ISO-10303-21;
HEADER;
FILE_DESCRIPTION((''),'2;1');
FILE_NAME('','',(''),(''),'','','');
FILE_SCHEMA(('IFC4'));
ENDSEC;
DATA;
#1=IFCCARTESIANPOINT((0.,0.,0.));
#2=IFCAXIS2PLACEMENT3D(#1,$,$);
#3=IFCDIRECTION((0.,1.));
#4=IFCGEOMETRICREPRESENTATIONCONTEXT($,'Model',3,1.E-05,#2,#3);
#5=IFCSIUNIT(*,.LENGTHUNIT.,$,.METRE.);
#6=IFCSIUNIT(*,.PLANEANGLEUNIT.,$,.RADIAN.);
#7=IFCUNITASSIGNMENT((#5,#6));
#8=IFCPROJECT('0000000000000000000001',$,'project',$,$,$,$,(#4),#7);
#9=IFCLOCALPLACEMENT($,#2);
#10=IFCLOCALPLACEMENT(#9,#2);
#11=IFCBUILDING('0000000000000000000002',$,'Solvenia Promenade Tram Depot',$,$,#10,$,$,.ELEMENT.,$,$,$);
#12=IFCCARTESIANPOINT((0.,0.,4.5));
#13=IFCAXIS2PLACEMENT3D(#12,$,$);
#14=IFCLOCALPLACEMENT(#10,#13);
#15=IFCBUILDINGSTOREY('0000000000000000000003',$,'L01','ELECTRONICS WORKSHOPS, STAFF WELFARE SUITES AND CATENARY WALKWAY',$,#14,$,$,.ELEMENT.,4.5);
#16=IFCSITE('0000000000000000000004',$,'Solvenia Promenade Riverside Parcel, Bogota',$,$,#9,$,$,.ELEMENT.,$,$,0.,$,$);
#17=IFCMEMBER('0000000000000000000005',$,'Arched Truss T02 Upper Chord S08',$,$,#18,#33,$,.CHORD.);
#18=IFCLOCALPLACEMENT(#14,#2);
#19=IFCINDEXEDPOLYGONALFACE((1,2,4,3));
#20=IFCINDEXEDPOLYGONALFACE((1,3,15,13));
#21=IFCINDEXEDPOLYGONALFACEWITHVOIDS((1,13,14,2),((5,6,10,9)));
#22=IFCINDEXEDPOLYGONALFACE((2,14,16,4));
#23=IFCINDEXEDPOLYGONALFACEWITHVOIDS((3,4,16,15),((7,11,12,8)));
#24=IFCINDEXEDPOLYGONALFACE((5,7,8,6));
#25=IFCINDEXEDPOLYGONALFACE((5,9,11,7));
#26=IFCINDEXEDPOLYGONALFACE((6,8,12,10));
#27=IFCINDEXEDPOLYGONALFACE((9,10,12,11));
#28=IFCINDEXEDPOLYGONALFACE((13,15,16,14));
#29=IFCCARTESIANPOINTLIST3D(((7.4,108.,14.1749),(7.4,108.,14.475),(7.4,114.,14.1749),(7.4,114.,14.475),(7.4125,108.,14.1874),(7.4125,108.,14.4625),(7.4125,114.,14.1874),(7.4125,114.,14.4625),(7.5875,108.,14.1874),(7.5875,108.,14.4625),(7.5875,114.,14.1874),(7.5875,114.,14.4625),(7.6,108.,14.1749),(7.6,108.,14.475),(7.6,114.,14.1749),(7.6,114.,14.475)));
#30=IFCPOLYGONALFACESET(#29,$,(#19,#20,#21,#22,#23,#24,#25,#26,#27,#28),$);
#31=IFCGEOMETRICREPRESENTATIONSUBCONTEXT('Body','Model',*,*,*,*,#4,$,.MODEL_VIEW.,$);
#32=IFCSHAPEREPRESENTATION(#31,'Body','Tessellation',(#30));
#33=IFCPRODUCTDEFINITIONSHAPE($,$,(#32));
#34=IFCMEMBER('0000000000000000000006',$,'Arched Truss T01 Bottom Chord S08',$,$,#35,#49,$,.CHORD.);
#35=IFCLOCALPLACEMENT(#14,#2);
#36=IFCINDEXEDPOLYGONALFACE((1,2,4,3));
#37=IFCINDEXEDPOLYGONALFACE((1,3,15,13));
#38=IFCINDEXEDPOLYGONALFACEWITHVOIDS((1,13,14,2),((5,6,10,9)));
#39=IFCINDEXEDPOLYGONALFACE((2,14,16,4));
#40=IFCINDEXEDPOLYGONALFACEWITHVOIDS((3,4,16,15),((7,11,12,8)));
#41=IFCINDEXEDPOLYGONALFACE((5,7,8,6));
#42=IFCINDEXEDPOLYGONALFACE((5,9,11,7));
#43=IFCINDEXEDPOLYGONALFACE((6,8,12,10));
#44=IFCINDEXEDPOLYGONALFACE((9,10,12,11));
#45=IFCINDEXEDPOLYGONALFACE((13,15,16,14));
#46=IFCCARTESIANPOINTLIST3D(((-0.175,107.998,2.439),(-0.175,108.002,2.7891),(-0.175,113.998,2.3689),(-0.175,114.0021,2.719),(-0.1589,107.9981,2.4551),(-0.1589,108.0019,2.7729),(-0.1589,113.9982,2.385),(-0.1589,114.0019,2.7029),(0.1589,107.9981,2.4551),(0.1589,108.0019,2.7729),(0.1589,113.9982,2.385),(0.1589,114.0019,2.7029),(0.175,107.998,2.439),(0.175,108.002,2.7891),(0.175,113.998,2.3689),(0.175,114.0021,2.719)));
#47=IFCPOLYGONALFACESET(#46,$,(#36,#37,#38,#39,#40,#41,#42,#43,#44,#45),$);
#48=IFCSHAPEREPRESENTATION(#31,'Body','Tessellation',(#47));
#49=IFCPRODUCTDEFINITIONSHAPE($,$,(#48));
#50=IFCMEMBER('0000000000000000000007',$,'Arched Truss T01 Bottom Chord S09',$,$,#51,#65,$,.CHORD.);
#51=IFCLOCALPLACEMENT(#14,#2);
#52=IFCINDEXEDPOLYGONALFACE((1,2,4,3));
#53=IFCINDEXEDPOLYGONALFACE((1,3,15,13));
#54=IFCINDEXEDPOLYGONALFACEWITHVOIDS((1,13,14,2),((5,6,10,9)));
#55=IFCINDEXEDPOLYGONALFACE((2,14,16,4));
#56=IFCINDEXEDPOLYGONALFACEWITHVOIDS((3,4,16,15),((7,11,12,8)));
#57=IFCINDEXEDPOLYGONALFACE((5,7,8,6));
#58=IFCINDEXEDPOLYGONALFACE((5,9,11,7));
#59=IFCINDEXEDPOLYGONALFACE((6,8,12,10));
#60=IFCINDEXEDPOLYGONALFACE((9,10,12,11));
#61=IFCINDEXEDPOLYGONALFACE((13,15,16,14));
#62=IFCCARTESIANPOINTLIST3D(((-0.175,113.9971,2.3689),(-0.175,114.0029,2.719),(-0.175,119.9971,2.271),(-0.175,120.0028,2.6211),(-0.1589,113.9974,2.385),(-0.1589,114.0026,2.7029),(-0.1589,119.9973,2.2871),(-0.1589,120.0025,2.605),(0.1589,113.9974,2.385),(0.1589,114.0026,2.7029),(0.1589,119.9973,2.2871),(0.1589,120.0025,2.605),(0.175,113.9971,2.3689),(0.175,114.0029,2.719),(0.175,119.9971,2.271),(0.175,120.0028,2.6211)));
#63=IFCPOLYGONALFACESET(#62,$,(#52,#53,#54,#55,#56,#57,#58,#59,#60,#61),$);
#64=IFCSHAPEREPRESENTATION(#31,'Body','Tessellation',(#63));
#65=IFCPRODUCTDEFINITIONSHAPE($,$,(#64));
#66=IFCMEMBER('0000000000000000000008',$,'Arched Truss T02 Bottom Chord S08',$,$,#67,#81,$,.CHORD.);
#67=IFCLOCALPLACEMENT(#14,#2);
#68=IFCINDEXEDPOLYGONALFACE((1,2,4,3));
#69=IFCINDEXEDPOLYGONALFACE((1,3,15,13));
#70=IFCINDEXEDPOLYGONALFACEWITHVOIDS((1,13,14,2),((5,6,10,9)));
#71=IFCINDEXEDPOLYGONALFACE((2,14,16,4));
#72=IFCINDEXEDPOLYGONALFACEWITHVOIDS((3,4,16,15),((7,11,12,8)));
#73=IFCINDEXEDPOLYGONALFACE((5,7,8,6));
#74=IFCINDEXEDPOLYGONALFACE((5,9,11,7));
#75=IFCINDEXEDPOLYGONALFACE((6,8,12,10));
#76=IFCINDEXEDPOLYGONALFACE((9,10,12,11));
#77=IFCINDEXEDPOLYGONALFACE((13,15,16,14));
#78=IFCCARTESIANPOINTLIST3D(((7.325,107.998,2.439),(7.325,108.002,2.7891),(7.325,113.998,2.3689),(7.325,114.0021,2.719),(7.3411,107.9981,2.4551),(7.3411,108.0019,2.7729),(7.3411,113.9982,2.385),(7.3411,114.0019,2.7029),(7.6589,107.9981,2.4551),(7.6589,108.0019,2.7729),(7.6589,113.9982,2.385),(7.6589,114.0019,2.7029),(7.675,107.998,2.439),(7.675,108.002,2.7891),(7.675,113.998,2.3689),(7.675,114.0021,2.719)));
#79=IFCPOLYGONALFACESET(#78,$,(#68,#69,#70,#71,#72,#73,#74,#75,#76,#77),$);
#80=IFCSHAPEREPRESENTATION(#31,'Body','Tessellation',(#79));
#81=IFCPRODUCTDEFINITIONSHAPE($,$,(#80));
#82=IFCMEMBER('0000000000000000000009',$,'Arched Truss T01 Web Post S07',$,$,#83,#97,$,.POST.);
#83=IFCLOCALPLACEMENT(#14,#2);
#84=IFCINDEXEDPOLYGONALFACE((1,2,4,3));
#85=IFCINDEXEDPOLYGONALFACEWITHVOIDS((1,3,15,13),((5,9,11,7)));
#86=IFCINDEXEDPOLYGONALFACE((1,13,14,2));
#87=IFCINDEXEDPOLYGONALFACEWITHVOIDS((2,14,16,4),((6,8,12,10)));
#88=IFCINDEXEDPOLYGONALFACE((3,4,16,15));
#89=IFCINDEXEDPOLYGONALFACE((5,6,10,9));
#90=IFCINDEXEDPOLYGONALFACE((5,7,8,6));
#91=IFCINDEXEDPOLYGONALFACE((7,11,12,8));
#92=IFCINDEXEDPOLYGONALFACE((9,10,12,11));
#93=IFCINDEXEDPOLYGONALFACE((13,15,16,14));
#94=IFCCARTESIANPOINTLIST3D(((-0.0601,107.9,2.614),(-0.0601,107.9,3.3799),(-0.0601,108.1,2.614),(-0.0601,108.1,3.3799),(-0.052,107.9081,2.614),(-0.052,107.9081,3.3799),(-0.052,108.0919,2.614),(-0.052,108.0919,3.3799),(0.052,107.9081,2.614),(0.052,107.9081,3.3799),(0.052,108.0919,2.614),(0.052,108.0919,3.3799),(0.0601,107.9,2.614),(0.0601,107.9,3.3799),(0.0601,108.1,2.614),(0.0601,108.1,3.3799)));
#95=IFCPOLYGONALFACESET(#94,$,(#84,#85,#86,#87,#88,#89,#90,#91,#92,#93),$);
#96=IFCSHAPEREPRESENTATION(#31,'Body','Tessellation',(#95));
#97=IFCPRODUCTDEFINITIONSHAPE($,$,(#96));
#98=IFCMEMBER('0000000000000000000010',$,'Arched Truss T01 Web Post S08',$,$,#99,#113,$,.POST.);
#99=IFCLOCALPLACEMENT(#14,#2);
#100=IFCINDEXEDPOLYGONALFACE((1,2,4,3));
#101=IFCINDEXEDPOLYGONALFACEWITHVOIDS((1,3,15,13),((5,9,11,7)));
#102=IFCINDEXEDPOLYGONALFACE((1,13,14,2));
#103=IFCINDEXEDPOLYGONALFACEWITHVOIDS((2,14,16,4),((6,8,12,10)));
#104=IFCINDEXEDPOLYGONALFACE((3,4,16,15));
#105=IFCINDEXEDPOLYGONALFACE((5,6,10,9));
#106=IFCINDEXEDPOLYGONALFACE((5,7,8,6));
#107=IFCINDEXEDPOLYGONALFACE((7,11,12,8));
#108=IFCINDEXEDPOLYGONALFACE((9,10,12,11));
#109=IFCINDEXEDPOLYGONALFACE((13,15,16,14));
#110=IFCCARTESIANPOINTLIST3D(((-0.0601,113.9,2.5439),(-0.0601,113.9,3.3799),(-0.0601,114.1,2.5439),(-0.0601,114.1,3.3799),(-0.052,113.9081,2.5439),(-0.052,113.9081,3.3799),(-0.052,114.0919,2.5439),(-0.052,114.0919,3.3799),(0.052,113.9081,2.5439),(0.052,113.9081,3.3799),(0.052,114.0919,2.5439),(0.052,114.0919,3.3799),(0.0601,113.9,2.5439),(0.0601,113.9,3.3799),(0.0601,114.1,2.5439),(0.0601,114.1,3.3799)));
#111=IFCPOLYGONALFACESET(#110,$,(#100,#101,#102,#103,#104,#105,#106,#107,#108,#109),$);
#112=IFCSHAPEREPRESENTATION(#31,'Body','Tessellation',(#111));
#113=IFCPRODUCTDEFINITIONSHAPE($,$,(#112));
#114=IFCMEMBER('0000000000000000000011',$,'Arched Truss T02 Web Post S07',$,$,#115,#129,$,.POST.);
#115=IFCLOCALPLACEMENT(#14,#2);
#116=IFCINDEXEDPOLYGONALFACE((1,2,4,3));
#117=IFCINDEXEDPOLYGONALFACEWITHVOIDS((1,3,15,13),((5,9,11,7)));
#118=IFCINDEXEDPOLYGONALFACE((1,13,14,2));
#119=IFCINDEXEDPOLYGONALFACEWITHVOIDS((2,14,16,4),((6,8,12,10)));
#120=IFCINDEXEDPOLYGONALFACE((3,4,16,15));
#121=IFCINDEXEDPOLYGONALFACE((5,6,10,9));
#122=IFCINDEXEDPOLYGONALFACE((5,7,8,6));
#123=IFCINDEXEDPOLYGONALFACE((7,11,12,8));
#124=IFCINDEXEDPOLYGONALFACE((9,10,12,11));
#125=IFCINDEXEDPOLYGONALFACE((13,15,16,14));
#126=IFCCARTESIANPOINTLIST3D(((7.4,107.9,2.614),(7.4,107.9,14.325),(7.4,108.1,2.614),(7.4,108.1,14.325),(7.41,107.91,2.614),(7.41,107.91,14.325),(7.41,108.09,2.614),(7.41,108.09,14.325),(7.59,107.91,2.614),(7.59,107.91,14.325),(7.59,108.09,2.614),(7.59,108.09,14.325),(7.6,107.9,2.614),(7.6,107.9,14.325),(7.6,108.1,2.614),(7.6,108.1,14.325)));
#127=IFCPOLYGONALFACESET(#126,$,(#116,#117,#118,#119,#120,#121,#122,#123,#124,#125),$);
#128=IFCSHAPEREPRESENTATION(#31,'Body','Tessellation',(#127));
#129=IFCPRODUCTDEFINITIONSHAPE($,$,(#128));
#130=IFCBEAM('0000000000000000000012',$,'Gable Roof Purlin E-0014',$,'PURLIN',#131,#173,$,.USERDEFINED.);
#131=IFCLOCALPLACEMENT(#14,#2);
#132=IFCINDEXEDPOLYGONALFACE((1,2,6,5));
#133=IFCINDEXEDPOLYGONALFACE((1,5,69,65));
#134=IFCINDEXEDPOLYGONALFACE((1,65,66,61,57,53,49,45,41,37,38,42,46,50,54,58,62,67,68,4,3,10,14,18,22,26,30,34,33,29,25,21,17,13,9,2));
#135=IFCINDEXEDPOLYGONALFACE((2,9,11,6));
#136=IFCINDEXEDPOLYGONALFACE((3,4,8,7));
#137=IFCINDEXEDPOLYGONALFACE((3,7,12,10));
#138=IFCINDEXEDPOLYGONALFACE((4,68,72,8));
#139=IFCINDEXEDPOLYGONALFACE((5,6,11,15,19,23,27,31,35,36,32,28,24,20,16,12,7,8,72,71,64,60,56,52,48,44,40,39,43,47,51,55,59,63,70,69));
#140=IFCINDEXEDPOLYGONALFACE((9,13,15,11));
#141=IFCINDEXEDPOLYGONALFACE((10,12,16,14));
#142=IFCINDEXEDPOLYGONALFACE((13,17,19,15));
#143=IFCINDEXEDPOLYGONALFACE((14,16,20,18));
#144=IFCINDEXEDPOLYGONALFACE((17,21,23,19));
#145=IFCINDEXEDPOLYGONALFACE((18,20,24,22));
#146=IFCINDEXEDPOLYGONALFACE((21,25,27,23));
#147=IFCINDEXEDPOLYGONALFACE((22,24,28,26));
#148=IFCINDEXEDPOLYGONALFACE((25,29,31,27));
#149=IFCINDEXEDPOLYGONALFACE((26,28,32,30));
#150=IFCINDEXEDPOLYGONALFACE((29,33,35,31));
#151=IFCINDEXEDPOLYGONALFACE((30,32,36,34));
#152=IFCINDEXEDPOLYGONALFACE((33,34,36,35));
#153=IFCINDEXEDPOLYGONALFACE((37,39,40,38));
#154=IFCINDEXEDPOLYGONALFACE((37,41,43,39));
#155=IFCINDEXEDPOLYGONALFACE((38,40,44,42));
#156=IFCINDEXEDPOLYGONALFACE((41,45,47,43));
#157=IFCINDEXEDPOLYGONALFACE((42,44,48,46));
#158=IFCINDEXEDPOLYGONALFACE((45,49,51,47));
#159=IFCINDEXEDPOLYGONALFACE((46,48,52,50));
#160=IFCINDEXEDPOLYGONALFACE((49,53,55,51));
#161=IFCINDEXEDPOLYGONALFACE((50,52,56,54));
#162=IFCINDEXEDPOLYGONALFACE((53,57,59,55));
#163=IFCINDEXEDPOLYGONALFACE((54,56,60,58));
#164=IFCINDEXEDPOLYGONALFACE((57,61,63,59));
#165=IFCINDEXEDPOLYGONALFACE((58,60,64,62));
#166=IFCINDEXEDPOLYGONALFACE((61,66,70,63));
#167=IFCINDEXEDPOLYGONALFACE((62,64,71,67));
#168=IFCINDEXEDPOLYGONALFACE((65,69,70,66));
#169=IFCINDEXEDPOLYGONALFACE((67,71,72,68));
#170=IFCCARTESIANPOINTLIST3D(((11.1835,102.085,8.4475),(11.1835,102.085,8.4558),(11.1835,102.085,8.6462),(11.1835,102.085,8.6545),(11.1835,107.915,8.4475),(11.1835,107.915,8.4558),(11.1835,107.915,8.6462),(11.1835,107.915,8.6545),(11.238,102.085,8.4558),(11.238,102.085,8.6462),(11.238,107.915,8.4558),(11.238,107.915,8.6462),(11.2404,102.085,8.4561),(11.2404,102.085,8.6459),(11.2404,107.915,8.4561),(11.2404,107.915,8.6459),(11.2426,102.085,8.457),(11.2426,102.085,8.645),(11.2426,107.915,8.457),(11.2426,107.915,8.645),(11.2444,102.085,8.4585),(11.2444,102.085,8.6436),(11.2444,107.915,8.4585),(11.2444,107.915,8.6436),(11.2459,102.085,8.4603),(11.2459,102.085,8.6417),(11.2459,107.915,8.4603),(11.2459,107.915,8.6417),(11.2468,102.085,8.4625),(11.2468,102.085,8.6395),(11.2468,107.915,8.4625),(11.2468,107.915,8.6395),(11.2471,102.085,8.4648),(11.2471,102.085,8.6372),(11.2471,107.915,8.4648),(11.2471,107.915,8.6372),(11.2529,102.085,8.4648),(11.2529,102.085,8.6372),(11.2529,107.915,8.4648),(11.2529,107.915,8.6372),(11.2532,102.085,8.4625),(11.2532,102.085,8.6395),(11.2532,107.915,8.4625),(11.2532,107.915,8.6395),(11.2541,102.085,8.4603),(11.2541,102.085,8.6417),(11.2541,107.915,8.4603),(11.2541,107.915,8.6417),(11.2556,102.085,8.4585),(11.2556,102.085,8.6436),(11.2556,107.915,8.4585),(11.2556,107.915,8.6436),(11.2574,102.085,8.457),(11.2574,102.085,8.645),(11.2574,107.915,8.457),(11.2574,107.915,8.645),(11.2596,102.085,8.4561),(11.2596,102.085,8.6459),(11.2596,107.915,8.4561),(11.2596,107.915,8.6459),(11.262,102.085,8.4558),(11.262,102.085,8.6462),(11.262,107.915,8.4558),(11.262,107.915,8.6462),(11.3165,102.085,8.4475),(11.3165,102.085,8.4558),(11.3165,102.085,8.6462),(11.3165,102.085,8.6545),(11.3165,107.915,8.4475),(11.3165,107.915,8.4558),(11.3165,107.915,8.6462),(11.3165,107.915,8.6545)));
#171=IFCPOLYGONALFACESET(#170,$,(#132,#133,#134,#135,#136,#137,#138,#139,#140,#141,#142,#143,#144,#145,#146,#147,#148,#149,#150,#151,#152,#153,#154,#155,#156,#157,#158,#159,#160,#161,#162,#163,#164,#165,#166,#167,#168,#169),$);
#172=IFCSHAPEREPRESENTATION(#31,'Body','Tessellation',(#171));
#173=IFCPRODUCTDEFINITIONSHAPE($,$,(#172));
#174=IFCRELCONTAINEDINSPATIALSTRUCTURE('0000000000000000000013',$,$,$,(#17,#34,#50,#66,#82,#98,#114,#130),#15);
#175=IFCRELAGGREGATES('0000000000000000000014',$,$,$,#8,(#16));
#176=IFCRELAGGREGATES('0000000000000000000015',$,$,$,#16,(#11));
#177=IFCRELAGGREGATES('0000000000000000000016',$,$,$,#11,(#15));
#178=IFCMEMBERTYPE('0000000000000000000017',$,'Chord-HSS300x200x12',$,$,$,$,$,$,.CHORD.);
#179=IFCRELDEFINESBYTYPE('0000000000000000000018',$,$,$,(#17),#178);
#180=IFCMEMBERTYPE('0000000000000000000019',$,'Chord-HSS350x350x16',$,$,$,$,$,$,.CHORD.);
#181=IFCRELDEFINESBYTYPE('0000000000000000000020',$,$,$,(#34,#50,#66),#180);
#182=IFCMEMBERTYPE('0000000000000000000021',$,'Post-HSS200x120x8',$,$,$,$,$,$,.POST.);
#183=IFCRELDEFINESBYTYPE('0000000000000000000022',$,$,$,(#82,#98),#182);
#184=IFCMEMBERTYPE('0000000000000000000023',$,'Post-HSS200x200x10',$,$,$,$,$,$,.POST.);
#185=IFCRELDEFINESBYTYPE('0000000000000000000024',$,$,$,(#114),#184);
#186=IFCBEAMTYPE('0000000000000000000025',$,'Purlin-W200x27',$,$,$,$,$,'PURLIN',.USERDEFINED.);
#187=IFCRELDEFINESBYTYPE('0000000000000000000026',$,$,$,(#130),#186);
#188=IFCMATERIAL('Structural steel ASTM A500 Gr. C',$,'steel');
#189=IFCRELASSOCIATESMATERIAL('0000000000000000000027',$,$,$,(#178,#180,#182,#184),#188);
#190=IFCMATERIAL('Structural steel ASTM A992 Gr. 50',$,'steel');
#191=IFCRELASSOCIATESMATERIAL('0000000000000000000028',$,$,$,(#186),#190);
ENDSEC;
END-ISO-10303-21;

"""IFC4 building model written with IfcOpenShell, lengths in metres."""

from ifc_helpers import new_model, si_unit, direction, frame, origin, origin_2d, place, context, subcontext, project, spatial, hollow_rectangle, i_section, extrude, material, material_profile, profile_set, type_object, element, save


model = new_model("IFC4")

# Units and contexts
model_context = context("Model", 3, precision=1e-05, world=origin(), true_north=direction((0.0, 1.0)))
body_context = subcontext(model_context, "Body", "Model", "MODEL_VIEW")
ifc_project = project(units=[si_unit("LENGTHUNIT", "METRE"), si_unit("PLANEANGLEUNIT", "RADIAN")], contexts=[model_context])

# Site, building, storey
site_placement = place(None, origin())
site = spatial("IfcSite", under=ifc_project, at=site_placement, Name="Solvenia Promenade Riverside Parcel, Bogota", CompositionType="ELEMENT", RefElevation=0.0)
building_placement = place(site_placement, origin())
building = spatial("IfcBuilding", under=site, at=building_placement, Name="Solvenia Promenade Tram Depot", CompositionType="ELEMENT")
storey_placement = place(building_placement, frame((0.0, 0.0, 4.5)))
storey = spatial("IfcBuildingStorey", under=building, at=storey_placement, Name="L01", Description="ELECTRONICS WORKSHOPS, STAFF WELFARE SUITES AND CATENARY WALKWAY", CompositionType="ELEMENT", Elevation=4.5)

# Members
ifc_material_1 = material(Name="Structural steel ASTM A500 Gr. C", Category="steel")
ifc_material_profile_1 = material_profile(ifc_material_1, hollow_rectangle(XDim=0.2, YDim=0.3, WallThickness=0.0125, at=origin_2d()), Name="HSS300x200x12.5", Category="steel")
ifc_profile_set_1 = profile_set([ifc_material_profile_1], Name="Structural steel ASTM A500 Gr. C")
member_type_1 = type_object("IfcMemberType", Name="Chord-HSS300x200x12", PredefinedType="CHORD", material=ifc_profile_set_1)
member_1_placement = place(storey_placement, frame((7.5, 108.0, 14.325), z_axis=(0.0, 1.0, 0.0), x_axis=(-1.0, 0.0, 0.0)))
element("IfcMember", 1, at=member_1_placement, inside=storey, type_object=member_type_1, Name="Arched Truss T02 Upper Chord S08", PredefinedType="CHORD", context=body_context, shape_type="SweptSolid", body=[
    extrude(hollow_rectangle(XDim=0.2, YDim=0.3, WallThickness=0.0125, at=origin_2d()), origin(), (0.0, 0.0, 1.0), 6.0),
])
ifc_material_profile_2 = material_profile(ifc_material_1, hollow_rectangle(XDim=0.3501, YDim=0.3501, WallThickness=0.0161, at=origin_2d()), Name="HSS350x350x16", Category="steel")
ifc_profile_set_2 = profile_set([ifc_material_profile_2], Name="Structural steel ASTM A500 Gr. C")
member_type_2 = type_object("IfcMemberType", Name="Chord-HSS350x350x16", PredefinedType="CHORD", material=ifc_profile_set_2)
member_2_placement = place(storey_placement, frame((0.0, 108.0, 2.614), z_axis=(0.0, 0.999932, -0.011677), x_axis=(-1.0, 0.0, 0.0)))
element("IfcMember", 2, at=member_2_placement, inside=storey, type_object=member_type_2, Name="Arched Truss T01 Bottom Chord S08", PredefinedType="CHORD", context=body_context, shape_type="SweptSolid", body=[
    extrude(hollow_rectangle(XDim=0.3501, YDim=0.3501, WallThickness=0.0161, at=origin_2d()), origin(), (0.0, 0.0, 1.0), 6.0005),
])
member_3_placement = place(storey_placement, frame((0.0, 114.0, 2.5439), z_axis=(0.0, 0.999867, -0.016315), x_axis=(-1.0, 0.0, 0.0)))
element("IfcMember", 3, at=member_3_placement, inside=storey, type_object=member_type_2, Name="Arched Truss T01 Bottom Chord S09", PredefinedType="CHORD", context=body_context, shape_type="SweptSolid", body=[
    extrude(hollow_rectangle(XDim=0.3501, YDim=0.3501, WallThickness=0.0161, at=origin_2d()), origin(), (0.0, 0.0, 1.0), 6.0007),
])
member_4_placement = place(storey_placement, frame((7.5, 108.0, 2.614), z_axis=(0.0, 0.999932, -0.011677), x_axis=(-1.0, 0.0, 0.0)))
element("IfcMember", 4, at=member_4_placement, inside=storey, type_object=member_type_2, Name="Arched Truss T02 Bottom Chord S08", PredefinedType="CHORD", context=body_context, shape_type="SweptSolid", body=[
    extrude(hollow_rectangle(XDim=0.3501, YDim=0.3501, WallThickness=0.0161, at=origin_2d()), origin(), (0.0, 0.0, 1.0), 6.0005),
])
ifc_material_profile_3 = material_profile(ifc_material_1, hollow_rectangle(XDim=0.1201, YDim=0.2, WallThickness=0.0081, at=origin_2d()), Name="HSS200x120x8", Category="steel")
ifc_profile_set_3 = profile_set([ifc_material_profile_3], Name="Structural steel ASTM A500 Gr. C")
member_type_3 = type_object("IfcMemberType", Name="Post-HSS200x120x8", PredefinedType="POST", material=ifc_profile_set_3)
member_5_placement = place(storey_placement, frame((0.0, 108.0, 2.614), z_axis=(0.0, 0.0, 1.0), x_axis=(1.0, 0.0, 0.0)))
element("IfcMember", 5, at=member_5_placement, inside=storey, type_object=member_type_3, Name="Arched Truss T01 Web Post S07", PredefinedType="POST", context=body_context, shape_type="SweptSolid", body=[
    extrude(hollow_rectangle(XDim=0.1201, YDim=0.2, WallThickness=0.0081, at=origin_2d()), origin(), (0.0, 0.0, 1.0), 0.7659),
])
member_6_placement = place(storey_placement, frame((0.0, 114.0, 2.5439), z_axis=(0.0, 0.0, 1.0), x_axis=(1.0, 0.0, 0.0)))
element("IfcMember", 6, at=member_6_placement, inside=storey, type_object=member_type_3, Name="Arched Truss T01 Web Post S08", PredefinedType="POST", context=body_context, shape_type="SweptSolid", body=[
    extrude(hollow_rectangle(XDim=0.1201, YDim=0.2, WallThickness=0.0081, at=origin_2d()), origin(), (0.0, 0.0, 1.0), 0.8359),
])
ifc_material_profile_4 = material_profile(ifc_material_1, hollow_rectangle(XDim=0.2, YDim=0.2, WallThickness=0.01, at=origin_2d()), Name="HSS200x200x10", Category="steel")
ifc_profile_set_4 = profile_set([ifc_material_profile_4], Name="Structural steel ASTM A500 Gr. C")
member_type_4 = type_object("IfcMemberType", Name="Post-HSS200x200x10", PredefinedType="POST", material=ifc_profile_set_4)
member_7_placement = place(storey_placement, frame((7.5, 108.0, 2.614), z_axis=(0.0, 0.0, 1.0), x_axis=(1.0, 0.0, 0.0)))
element("IfcMember", 7, at=member_7_placement, inside=storey, type_object=member_type_4, Name="Arched Truss T02 Web Post S07", PredefinedType="POST", context=body_context, shape_type="SweptSolid", body=[
    extrude(hollow_rectangle(XDim=0.2, YDim=0.2, WallThickness=0.01, at=origin_2d()), origin(), (0.0, 0.0, 1.0), 11.7109),
])

# Beam
ifc_material_2 = material(Name="Structural steel ASTM A992 Gr. 50", Category="steel")
ifc_material_profile_5 = material_profile(ifc_material_2, i_section(OverallWidth=0.1331, OverallDepth=0.207, WebThickness=0.0059, FlangeThickness=0.0083, FilletRadius=0.009, at=origin_2d()), Name="W200x27", Category="steel")
ifc_profile_set_5 = profile_set([ifc_material_profile_5], Name="Structural steel ASTM A992 Gr. 50")
beam_type_1 = type_object("IfcBeamType", Name="Purlin-W200x27", ElementType="PURLIN", PredefinedType="USERDEFINED", material=ifc_profile_set_5)
for number, where, z_axis, x_axis, name in (
    (8, (11.25, 102.085, 8.551), (0.0, 1.0, 0.0), (-1.0, 0.0, 0.0), "Gable Roof Purlin E-0014"),
):
    element("IfcBeam", number, at=place(storey_placement, frame(where, z_axis=z_axis, x_axis=x_axis)), inside=storey, type_object=beam_type_1, Name=name, ObjectType="PURLIN", PredefinedType="USERDEFINED", context=body_context, shape_type="SweptSolid", body=[
        extrude(i_section(OverallWidth=0.1331, OverallDepth=0.207, WebThickness=0.0059, FlangeThickness=0.0083, FilletRadius=0.009, at=origin_2d()), origin(), (0.0, 0.0, 1.0), 5.8301),
    ])

save(model, "model.ifc")
